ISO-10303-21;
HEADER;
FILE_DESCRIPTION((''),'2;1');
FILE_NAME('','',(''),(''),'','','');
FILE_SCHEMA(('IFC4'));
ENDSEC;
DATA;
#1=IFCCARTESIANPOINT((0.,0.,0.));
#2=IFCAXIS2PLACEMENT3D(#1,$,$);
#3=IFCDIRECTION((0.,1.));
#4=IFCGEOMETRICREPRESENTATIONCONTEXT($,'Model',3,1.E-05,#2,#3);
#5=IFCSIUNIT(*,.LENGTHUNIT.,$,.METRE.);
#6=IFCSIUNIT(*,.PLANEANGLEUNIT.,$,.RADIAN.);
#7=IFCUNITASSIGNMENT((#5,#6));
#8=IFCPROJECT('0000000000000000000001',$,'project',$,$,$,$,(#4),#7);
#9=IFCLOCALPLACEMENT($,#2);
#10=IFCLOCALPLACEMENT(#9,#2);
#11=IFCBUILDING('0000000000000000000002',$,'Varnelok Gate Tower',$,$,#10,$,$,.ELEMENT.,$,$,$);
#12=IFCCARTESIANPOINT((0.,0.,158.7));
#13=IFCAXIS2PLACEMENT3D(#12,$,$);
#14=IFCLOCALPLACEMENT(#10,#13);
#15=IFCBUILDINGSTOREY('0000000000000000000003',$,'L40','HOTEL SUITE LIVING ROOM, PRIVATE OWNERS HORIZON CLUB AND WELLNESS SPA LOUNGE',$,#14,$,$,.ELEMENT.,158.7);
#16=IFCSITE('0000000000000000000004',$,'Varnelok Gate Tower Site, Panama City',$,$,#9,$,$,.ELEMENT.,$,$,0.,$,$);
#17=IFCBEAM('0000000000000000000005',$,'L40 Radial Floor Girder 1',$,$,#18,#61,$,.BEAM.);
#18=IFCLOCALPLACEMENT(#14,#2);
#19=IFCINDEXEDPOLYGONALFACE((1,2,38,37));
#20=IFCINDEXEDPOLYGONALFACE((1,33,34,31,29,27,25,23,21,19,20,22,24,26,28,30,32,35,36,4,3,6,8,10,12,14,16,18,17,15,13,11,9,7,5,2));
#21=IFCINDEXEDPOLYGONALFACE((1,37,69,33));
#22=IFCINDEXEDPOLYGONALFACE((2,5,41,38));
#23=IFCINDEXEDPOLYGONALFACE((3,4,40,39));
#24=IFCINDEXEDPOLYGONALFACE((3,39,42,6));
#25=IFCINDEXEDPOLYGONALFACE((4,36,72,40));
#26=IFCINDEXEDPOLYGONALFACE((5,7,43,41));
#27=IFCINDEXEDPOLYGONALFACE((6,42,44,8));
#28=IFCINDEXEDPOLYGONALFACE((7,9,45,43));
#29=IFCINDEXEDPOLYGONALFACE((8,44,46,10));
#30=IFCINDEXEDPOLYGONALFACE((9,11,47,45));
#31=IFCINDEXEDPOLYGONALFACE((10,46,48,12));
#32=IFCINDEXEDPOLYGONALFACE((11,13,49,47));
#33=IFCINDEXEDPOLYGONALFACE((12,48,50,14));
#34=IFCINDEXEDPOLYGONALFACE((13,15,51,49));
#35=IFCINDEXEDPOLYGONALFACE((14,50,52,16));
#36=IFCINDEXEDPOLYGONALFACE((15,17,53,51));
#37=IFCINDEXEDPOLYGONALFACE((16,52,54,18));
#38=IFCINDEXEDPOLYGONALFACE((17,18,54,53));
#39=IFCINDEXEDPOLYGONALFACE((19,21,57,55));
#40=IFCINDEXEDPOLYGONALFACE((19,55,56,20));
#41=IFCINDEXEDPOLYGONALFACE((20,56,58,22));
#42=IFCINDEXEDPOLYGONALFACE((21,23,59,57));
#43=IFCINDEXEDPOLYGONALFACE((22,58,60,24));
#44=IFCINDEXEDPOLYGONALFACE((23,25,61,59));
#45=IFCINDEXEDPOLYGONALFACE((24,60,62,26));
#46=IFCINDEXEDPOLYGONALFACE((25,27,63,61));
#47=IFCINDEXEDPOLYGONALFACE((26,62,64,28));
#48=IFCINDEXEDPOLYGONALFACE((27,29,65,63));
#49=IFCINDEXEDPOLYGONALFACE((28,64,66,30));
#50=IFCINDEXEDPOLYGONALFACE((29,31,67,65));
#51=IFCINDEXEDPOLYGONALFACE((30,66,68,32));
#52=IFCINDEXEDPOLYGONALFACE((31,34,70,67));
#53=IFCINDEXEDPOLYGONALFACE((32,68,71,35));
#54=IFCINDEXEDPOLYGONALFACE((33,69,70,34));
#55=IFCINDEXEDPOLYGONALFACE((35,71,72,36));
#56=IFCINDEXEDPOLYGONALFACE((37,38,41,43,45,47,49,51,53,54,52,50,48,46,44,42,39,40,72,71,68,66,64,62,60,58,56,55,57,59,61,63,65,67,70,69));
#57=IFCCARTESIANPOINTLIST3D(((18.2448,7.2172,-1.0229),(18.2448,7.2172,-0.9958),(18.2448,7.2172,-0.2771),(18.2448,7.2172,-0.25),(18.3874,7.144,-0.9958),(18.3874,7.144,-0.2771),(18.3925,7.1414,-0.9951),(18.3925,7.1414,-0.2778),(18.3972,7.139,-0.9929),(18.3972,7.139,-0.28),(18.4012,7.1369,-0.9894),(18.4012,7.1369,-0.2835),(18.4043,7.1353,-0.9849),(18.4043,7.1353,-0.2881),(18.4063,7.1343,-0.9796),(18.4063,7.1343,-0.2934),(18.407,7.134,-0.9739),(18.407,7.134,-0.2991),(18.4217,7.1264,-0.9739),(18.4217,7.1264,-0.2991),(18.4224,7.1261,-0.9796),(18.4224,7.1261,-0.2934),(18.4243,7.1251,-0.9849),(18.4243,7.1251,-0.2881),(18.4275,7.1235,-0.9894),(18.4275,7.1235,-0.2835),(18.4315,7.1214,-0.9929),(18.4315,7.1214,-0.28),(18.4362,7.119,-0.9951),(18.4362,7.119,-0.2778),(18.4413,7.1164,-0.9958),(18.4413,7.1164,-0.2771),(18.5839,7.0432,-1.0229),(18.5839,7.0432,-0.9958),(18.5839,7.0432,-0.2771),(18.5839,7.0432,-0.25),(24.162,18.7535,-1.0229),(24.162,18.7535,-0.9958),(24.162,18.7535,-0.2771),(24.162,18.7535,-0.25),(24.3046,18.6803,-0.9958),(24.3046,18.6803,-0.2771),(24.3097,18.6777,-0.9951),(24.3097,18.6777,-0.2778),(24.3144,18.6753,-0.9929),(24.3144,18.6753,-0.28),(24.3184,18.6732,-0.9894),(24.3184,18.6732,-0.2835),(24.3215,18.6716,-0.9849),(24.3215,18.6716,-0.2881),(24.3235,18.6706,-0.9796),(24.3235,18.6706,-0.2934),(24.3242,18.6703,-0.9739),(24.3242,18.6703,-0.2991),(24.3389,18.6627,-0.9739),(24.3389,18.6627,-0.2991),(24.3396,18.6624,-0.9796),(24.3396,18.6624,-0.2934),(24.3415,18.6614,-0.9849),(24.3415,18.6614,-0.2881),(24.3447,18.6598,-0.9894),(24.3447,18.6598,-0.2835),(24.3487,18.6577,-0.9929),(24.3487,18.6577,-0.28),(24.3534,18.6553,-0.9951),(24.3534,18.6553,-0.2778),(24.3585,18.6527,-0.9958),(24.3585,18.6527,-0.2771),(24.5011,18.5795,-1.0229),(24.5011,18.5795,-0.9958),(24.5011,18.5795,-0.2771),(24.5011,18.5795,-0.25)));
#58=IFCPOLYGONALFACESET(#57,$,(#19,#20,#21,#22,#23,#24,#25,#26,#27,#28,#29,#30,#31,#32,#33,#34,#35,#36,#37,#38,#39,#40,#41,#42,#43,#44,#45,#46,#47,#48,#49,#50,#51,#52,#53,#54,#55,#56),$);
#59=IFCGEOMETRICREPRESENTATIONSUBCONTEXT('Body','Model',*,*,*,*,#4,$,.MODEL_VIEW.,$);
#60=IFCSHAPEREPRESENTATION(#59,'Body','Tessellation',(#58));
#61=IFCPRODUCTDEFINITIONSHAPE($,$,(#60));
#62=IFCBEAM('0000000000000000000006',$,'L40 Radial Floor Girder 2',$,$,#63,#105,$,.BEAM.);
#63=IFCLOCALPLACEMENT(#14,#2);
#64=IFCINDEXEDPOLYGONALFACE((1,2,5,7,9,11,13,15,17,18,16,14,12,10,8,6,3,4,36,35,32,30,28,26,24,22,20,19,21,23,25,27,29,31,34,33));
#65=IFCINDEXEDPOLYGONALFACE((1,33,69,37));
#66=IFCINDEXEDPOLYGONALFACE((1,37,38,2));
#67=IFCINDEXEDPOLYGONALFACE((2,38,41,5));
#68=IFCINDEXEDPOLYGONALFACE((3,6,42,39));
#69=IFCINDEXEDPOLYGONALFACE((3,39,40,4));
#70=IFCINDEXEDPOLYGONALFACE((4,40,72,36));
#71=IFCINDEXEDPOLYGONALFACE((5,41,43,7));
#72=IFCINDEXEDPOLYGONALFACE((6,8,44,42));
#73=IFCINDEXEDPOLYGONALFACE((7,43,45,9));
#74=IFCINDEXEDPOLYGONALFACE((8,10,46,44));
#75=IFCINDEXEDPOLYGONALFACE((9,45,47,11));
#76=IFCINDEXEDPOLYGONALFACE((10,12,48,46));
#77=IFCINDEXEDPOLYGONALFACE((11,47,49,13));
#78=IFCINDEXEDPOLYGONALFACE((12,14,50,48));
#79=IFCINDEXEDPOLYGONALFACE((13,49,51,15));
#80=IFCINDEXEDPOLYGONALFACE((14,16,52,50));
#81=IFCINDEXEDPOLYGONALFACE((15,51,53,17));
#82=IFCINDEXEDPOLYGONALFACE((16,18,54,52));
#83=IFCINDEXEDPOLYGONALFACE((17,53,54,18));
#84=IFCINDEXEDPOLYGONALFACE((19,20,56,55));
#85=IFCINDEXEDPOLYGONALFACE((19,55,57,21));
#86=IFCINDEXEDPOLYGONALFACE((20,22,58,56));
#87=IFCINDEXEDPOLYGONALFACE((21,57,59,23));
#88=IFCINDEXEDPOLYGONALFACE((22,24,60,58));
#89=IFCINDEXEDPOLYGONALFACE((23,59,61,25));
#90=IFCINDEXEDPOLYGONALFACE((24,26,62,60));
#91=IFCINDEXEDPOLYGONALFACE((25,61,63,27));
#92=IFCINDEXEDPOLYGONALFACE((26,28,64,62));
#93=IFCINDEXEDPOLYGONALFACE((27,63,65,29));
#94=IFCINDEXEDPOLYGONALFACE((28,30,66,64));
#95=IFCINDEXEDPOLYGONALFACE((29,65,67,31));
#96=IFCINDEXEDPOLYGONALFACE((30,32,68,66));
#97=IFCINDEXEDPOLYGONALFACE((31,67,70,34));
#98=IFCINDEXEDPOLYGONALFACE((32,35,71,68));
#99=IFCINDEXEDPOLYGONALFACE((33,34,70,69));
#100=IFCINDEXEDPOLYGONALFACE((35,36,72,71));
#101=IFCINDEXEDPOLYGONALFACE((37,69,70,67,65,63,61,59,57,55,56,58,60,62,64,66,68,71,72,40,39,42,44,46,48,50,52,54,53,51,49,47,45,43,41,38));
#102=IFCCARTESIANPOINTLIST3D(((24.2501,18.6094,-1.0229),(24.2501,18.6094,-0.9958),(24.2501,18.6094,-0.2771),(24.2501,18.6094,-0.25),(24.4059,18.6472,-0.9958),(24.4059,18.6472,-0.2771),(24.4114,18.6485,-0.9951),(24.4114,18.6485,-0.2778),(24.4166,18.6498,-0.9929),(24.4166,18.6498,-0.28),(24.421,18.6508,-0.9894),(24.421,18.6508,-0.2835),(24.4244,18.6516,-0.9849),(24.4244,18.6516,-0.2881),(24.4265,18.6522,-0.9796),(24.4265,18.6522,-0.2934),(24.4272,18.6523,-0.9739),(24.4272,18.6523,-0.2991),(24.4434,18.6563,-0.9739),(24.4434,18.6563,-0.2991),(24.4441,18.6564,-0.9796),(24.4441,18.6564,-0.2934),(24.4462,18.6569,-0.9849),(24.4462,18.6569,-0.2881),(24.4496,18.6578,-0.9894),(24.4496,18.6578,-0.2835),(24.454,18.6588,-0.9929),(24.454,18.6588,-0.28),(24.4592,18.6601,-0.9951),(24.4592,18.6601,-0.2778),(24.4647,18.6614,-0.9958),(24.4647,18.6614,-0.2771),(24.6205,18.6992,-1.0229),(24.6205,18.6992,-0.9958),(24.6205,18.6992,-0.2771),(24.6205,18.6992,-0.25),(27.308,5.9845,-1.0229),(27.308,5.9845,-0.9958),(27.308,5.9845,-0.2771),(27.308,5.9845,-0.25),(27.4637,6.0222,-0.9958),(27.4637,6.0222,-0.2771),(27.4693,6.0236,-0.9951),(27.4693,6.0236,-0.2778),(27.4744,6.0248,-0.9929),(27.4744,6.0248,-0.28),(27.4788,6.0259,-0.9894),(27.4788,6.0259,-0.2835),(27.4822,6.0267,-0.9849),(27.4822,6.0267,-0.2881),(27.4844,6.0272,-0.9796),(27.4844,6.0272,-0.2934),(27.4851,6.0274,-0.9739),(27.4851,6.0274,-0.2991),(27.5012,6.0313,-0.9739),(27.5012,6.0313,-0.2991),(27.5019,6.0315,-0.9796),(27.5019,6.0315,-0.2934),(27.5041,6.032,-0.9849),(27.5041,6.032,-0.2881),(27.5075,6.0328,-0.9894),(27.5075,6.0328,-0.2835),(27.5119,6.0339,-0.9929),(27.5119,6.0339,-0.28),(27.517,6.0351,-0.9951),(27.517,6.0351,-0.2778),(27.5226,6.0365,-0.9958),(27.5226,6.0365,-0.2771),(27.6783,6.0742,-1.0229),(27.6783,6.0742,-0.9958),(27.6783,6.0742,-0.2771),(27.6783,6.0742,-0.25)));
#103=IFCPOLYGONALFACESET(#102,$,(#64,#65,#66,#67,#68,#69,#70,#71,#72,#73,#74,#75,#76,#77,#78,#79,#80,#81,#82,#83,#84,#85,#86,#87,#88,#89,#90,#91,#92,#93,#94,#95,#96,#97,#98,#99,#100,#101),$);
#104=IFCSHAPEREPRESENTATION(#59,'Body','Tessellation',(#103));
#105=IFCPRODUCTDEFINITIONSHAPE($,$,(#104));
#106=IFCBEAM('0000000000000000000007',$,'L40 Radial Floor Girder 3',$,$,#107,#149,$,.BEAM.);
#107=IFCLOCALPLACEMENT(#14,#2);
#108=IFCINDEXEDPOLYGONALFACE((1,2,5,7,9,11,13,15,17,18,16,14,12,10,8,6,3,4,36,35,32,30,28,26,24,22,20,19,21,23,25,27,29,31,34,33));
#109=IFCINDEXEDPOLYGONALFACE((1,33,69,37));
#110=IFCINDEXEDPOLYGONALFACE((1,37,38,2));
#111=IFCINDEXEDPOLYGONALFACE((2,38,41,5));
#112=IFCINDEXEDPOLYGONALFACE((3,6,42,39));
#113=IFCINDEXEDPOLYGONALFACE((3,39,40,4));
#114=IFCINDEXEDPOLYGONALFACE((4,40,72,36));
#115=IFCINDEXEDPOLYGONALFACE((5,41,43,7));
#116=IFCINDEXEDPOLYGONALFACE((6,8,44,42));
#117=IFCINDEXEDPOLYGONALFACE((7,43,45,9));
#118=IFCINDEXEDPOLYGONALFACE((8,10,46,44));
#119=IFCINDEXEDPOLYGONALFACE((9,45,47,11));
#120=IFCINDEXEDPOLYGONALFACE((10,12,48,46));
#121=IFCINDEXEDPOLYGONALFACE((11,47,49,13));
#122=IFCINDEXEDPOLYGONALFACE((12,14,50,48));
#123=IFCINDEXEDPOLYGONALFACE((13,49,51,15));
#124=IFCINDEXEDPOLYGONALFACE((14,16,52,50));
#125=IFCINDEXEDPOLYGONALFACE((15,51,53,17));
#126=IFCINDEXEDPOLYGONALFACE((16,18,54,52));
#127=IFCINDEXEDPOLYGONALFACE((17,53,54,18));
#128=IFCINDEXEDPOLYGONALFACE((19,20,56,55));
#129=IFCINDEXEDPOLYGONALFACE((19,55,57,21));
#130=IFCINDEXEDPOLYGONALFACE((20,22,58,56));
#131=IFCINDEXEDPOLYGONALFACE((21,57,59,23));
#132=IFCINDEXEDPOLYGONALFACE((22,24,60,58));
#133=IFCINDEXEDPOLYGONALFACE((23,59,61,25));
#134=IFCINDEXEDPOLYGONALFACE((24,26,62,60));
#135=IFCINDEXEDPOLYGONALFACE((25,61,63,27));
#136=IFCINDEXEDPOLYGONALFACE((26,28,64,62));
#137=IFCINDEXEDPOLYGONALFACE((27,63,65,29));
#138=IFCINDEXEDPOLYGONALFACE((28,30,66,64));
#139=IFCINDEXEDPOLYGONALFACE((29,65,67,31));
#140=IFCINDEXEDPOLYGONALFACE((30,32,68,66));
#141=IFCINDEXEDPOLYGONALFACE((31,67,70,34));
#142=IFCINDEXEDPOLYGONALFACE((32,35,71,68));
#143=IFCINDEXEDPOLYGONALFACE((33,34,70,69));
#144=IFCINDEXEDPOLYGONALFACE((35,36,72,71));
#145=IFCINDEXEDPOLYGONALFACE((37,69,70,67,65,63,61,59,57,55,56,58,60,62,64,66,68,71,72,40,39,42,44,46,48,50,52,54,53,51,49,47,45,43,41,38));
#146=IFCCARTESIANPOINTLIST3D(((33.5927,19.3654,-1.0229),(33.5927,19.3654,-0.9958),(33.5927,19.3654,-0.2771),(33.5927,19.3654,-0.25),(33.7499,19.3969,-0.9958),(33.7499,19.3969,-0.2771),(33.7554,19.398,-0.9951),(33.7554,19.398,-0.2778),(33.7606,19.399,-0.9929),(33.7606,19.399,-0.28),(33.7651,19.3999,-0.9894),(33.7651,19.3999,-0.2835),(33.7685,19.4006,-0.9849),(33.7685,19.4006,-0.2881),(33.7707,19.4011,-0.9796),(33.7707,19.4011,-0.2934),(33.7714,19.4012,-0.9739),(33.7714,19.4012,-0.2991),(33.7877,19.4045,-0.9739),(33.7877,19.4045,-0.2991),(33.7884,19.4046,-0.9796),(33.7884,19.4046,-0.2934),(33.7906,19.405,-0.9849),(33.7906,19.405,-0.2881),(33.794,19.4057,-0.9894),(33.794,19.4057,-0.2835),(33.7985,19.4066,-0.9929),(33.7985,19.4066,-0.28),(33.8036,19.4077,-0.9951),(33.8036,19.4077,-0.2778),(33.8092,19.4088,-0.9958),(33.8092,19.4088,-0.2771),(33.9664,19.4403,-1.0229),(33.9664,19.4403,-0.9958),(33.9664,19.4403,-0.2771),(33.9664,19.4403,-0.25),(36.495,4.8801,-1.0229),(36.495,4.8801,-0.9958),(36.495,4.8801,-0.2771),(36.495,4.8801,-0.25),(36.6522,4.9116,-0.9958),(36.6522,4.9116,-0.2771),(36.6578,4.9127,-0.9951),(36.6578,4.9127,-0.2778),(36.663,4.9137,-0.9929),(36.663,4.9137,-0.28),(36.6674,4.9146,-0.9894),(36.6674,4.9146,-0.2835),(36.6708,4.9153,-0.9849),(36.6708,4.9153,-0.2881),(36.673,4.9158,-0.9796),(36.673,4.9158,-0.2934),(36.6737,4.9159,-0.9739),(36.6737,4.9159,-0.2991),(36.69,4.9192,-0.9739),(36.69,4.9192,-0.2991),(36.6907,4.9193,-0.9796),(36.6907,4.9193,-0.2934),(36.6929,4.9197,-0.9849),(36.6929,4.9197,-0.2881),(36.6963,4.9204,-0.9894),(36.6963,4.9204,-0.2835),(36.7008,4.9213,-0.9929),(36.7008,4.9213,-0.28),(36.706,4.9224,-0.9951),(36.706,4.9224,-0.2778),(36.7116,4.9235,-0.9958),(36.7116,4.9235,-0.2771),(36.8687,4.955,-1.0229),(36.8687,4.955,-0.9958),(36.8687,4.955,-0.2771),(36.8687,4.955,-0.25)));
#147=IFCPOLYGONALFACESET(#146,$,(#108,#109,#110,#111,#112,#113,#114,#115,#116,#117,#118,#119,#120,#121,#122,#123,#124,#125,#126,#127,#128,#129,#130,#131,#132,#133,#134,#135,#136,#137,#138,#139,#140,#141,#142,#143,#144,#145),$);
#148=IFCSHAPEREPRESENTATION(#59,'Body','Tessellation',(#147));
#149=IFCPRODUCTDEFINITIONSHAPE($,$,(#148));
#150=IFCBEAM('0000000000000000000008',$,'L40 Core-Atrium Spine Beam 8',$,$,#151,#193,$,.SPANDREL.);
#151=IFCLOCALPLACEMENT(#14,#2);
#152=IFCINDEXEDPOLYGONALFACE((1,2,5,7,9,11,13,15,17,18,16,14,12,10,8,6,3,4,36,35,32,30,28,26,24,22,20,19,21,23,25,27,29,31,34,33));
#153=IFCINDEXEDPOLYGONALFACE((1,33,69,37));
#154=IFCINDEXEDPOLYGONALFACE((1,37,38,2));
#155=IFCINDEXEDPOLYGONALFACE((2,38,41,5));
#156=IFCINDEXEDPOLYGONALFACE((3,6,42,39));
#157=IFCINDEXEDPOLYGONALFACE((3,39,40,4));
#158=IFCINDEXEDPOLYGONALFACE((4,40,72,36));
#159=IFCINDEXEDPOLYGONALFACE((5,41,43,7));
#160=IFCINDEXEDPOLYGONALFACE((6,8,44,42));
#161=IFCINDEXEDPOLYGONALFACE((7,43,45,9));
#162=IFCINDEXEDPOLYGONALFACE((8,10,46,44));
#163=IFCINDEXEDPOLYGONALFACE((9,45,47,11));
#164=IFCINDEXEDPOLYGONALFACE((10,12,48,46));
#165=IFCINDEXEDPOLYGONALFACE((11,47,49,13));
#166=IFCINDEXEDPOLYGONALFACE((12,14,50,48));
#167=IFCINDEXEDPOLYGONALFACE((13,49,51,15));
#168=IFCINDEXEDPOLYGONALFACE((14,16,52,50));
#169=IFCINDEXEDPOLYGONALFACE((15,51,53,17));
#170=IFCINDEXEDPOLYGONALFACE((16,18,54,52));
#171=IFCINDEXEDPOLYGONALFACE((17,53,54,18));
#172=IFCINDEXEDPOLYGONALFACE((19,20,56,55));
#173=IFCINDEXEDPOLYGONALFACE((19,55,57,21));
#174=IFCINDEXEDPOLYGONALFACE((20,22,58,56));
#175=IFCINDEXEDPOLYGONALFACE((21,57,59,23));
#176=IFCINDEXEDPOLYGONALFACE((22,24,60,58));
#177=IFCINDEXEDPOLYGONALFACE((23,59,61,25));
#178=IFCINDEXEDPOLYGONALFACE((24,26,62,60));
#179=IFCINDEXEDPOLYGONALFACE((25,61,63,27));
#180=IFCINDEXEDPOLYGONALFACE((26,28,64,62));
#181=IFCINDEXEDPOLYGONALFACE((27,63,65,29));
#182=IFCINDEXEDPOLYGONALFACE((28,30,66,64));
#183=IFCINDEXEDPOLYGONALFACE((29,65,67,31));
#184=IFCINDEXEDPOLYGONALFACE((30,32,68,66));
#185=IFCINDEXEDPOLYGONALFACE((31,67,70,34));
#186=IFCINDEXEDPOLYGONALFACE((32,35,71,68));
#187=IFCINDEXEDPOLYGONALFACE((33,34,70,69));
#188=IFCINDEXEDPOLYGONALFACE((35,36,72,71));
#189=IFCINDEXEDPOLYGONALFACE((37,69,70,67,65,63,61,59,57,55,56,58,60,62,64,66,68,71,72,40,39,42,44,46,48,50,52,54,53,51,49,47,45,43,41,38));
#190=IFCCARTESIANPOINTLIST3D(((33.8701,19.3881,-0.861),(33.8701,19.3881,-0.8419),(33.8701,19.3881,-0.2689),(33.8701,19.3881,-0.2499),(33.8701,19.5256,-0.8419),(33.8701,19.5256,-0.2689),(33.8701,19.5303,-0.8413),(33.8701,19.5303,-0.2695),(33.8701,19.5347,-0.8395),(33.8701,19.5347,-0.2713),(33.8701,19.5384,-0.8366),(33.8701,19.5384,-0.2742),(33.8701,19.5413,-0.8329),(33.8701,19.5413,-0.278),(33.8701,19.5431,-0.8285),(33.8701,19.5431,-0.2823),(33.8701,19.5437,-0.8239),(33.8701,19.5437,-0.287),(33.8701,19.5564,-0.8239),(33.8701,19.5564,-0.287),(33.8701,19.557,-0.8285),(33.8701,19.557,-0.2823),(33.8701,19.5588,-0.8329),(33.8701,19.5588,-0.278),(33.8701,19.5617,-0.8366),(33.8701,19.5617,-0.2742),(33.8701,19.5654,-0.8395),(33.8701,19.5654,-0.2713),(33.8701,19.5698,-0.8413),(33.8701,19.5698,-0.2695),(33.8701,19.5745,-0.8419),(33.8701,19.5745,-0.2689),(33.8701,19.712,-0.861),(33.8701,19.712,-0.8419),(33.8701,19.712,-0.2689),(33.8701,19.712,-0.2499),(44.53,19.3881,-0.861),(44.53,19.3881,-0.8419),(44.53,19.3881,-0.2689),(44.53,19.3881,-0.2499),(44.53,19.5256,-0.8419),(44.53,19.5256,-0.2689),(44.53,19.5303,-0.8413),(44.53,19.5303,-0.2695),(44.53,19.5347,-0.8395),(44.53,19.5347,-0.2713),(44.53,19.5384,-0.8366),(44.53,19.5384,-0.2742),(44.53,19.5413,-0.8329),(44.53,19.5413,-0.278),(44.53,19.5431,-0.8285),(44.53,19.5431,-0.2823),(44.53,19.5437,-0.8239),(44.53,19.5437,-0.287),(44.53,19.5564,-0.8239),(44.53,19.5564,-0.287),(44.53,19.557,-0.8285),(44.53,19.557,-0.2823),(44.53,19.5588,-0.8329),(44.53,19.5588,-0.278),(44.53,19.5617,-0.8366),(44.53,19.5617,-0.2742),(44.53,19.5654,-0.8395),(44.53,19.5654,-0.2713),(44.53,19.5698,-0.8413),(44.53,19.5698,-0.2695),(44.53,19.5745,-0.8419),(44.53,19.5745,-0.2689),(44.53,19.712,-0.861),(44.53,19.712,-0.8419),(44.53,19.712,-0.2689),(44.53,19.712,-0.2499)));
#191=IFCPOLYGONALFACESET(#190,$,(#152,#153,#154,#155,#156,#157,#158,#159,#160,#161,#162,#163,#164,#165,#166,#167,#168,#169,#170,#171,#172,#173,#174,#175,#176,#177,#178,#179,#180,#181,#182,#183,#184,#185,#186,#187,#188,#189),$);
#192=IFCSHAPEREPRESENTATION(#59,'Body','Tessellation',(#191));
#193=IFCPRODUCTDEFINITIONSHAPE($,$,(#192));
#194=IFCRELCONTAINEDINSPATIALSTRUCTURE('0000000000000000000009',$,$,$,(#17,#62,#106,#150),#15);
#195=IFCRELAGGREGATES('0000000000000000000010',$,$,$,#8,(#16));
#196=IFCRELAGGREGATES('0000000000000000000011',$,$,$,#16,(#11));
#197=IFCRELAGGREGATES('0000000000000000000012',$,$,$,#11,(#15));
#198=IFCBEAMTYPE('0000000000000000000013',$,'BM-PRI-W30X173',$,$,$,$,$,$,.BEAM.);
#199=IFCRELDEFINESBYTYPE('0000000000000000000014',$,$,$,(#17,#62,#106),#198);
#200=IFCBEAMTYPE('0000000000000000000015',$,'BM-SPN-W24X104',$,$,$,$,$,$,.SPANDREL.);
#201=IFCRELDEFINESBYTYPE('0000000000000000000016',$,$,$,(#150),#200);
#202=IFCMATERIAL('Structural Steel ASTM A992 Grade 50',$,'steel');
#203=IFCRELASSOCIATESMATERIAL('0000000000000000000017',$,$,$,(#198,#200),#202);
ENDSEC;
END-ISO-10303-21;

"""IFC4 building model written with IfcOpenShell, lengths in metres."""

from ifc_helpers import new_model, si_unit, direction, frame, origin, origin_2d, place, context, subcontext, project, spatial, i_section, extrude, material, material_profile, profile_set, type_object, element, save


model = new_model("IFC4")

# Units and contexts
model_context = context("Model", 3, precision=1e-05, world=origin(), true_north=direction((0.0, 1.0)))
body_context = subcontext(model_context, "Body", "Model", "MODEL_VIEW")
ifc_project = project(units=[si_unit("LENGTHUNIT", "METRE"), si_unit("PLANEANGLEUNIT", "RADIAN")], contexts=[model_context])

# Site, building, storey
site_placement = place(None, origin())
site = spatial("IfcSite", under=ifc_project, at=site_placement, Name="Varnelok Gate Tower Site, Panama City", CompositionType="ELEMENT", RefElevation=0.0)
building_placement = place(site_placement, origin())
building = spatial("IfcBuilding", under=site, at=building_placement, Name="Varnelok Gate Tower", CompositionType="ELEMENT")
storey_placement = place(building_placement, frame((0.0, 0.0, 158.7)))
storey = spatial("IfcBuildingStorey", under=building, at=storey_placement, Name="L40", Description="HOTEL SUITE LIVING ROOM, PRIVATE OWNERS HORIZON CLUB AND WELLNESS SPA LOUNGE", CompositionType="ELEMENT", Elevation=158.7)

# Shared definitions
ifc_material_1 = material(Name="Structural Steel ASTM A992 Grade 50", Category="steel")

# Beams
ifc_material_profile_1 = material_profile(ifc_material_1, i_section(OverallWidth=0.3811, OverallDepth=0.7729, WebThickness=0.0166, FlangeThickness=0.0271, FilletRadius=0.022, at=origin_2d()), Name="W30X173")
ifc_profile_set_1 = profile_set([ifc_material_profile_1], Name="Structural Steel ASTM A992 Grade 50")
beam_type_1 = type_object("IfcBeamType", Name="BM-PRI-W30X173", PredefinedType="BEAM", material=ifc_profile_set_1)
beam_1_placement = place(storey_placement, frame((24.3315, 18.6665, -0.6365), z_axis=(-0.456387, -0.889782, 0.0), x_axis=(0.889782, -0.456387, 0.0)))
element("IfcBeam", 1, at=beam_1_placement, inside=storey, type_object=beam_type_1, Name="L40 Radial Floor Girder 1", PredefinedType="BEAM", context=body_context, shape_type="SweptSolid", body=[
    extrude(i_section(OverallWidth=0.3811, OverallDepth=0.7729, WebThickness=0.0166, FlangeThickness=0.0271, FilletRadius=0.022, at=origin_2d()), origin(), (0.0, 0.0, 1.0), 12.9653),
])
beam_2_placement = place(storey_placement, frame((24.4353, 18.6543, -0.6365), z_axis=(0.2354, -0.971898, 0.0), x_axis=(0.971898, 0.2354, 0.0)))
element("IfcBeam", 2, at=beam_2_placement, inside=storey, type_object=beam_type_1, Name="L40 Radial Floor Girder 2", PredefinedType="BEAM", context=body_context, shape_type="SweptSolid", body=[
    extrude(i_section(OverallWidth=0.3811, OverallDepth=0.7729, WebThickness=0.0166, FlangeThickness=0.0271, FilletRadius=0.022, at=origin_2d()), origin(), (0.0, 0.0, 1.0), 12.99),
])
beam_3_placement = place(storey_placement, frame((33.7795, 19.4028, -0.6365), z_axis=(0.196459, -0.980512, 0.0), x_axis=(0.980512, 0.196459, 0.0)))
element("IfcBeam", 3, at=beam_3_placement, inside=storey, type_object=beam_type_1, Name="L40 Radial Floor Girder 3", PredefinedType="BEAM", context=body_context, shape_type="SweptSolid", body=[
    extrude(i_section(OverallWidth=0.3811, OverallDepth=0.7729, WebThickness=0.0166, FlangeThickness=0.0271, FilletRadius=0.022, at=origin_2d()), origin(), (0.0, 0.0, 1.0), 14.7732),
])
ifc_material_profile_2 = material_profile(ifc_material_1, i_section(OverallWidth=0.324, OverallDepth=0.6111, WebThickness=0.0127, FlangeThickness=0.019, FilletRadius=0.0181, at=origin_2d()), Name="W24X104")
ifc_profile_set_2 = profile_set([ifc_material_profile_2], Name="Structural Steel ASTM A992 Grade 50")
beam_type_2 = type_object("IfcBeamType", Name="BM-SPN-W24X104", PredefinedType="SPANDREL", material=ifc_profile_set_2)
beam_4_placement = place(storey_placement, frame((33.8701, 19.55, -0.5554), z_axis=(1.0, 0.0, 0.0), x_axis=(0.0, 1.0, 0.0)))
element("IfcBeam", 4, at=beam_4_placement, inside=storey, type_object=beam_type_2, Name="L40 Core-Atrium Spine Beam 8", PredefinedType="SPANDREL", context=body_context, shape_type="SweptSolid", body=[
    extrude(i_section(OverallWidth=0.324, OverallDepth=0.6111, WebThickness=0.0127, FlangeThickness=0.019, FilletRadius=0.0181, at=origin_2d()), origin(), (0.0, 0.0, 1.0), 10.6599),
])

save(model, "model.ifc")
